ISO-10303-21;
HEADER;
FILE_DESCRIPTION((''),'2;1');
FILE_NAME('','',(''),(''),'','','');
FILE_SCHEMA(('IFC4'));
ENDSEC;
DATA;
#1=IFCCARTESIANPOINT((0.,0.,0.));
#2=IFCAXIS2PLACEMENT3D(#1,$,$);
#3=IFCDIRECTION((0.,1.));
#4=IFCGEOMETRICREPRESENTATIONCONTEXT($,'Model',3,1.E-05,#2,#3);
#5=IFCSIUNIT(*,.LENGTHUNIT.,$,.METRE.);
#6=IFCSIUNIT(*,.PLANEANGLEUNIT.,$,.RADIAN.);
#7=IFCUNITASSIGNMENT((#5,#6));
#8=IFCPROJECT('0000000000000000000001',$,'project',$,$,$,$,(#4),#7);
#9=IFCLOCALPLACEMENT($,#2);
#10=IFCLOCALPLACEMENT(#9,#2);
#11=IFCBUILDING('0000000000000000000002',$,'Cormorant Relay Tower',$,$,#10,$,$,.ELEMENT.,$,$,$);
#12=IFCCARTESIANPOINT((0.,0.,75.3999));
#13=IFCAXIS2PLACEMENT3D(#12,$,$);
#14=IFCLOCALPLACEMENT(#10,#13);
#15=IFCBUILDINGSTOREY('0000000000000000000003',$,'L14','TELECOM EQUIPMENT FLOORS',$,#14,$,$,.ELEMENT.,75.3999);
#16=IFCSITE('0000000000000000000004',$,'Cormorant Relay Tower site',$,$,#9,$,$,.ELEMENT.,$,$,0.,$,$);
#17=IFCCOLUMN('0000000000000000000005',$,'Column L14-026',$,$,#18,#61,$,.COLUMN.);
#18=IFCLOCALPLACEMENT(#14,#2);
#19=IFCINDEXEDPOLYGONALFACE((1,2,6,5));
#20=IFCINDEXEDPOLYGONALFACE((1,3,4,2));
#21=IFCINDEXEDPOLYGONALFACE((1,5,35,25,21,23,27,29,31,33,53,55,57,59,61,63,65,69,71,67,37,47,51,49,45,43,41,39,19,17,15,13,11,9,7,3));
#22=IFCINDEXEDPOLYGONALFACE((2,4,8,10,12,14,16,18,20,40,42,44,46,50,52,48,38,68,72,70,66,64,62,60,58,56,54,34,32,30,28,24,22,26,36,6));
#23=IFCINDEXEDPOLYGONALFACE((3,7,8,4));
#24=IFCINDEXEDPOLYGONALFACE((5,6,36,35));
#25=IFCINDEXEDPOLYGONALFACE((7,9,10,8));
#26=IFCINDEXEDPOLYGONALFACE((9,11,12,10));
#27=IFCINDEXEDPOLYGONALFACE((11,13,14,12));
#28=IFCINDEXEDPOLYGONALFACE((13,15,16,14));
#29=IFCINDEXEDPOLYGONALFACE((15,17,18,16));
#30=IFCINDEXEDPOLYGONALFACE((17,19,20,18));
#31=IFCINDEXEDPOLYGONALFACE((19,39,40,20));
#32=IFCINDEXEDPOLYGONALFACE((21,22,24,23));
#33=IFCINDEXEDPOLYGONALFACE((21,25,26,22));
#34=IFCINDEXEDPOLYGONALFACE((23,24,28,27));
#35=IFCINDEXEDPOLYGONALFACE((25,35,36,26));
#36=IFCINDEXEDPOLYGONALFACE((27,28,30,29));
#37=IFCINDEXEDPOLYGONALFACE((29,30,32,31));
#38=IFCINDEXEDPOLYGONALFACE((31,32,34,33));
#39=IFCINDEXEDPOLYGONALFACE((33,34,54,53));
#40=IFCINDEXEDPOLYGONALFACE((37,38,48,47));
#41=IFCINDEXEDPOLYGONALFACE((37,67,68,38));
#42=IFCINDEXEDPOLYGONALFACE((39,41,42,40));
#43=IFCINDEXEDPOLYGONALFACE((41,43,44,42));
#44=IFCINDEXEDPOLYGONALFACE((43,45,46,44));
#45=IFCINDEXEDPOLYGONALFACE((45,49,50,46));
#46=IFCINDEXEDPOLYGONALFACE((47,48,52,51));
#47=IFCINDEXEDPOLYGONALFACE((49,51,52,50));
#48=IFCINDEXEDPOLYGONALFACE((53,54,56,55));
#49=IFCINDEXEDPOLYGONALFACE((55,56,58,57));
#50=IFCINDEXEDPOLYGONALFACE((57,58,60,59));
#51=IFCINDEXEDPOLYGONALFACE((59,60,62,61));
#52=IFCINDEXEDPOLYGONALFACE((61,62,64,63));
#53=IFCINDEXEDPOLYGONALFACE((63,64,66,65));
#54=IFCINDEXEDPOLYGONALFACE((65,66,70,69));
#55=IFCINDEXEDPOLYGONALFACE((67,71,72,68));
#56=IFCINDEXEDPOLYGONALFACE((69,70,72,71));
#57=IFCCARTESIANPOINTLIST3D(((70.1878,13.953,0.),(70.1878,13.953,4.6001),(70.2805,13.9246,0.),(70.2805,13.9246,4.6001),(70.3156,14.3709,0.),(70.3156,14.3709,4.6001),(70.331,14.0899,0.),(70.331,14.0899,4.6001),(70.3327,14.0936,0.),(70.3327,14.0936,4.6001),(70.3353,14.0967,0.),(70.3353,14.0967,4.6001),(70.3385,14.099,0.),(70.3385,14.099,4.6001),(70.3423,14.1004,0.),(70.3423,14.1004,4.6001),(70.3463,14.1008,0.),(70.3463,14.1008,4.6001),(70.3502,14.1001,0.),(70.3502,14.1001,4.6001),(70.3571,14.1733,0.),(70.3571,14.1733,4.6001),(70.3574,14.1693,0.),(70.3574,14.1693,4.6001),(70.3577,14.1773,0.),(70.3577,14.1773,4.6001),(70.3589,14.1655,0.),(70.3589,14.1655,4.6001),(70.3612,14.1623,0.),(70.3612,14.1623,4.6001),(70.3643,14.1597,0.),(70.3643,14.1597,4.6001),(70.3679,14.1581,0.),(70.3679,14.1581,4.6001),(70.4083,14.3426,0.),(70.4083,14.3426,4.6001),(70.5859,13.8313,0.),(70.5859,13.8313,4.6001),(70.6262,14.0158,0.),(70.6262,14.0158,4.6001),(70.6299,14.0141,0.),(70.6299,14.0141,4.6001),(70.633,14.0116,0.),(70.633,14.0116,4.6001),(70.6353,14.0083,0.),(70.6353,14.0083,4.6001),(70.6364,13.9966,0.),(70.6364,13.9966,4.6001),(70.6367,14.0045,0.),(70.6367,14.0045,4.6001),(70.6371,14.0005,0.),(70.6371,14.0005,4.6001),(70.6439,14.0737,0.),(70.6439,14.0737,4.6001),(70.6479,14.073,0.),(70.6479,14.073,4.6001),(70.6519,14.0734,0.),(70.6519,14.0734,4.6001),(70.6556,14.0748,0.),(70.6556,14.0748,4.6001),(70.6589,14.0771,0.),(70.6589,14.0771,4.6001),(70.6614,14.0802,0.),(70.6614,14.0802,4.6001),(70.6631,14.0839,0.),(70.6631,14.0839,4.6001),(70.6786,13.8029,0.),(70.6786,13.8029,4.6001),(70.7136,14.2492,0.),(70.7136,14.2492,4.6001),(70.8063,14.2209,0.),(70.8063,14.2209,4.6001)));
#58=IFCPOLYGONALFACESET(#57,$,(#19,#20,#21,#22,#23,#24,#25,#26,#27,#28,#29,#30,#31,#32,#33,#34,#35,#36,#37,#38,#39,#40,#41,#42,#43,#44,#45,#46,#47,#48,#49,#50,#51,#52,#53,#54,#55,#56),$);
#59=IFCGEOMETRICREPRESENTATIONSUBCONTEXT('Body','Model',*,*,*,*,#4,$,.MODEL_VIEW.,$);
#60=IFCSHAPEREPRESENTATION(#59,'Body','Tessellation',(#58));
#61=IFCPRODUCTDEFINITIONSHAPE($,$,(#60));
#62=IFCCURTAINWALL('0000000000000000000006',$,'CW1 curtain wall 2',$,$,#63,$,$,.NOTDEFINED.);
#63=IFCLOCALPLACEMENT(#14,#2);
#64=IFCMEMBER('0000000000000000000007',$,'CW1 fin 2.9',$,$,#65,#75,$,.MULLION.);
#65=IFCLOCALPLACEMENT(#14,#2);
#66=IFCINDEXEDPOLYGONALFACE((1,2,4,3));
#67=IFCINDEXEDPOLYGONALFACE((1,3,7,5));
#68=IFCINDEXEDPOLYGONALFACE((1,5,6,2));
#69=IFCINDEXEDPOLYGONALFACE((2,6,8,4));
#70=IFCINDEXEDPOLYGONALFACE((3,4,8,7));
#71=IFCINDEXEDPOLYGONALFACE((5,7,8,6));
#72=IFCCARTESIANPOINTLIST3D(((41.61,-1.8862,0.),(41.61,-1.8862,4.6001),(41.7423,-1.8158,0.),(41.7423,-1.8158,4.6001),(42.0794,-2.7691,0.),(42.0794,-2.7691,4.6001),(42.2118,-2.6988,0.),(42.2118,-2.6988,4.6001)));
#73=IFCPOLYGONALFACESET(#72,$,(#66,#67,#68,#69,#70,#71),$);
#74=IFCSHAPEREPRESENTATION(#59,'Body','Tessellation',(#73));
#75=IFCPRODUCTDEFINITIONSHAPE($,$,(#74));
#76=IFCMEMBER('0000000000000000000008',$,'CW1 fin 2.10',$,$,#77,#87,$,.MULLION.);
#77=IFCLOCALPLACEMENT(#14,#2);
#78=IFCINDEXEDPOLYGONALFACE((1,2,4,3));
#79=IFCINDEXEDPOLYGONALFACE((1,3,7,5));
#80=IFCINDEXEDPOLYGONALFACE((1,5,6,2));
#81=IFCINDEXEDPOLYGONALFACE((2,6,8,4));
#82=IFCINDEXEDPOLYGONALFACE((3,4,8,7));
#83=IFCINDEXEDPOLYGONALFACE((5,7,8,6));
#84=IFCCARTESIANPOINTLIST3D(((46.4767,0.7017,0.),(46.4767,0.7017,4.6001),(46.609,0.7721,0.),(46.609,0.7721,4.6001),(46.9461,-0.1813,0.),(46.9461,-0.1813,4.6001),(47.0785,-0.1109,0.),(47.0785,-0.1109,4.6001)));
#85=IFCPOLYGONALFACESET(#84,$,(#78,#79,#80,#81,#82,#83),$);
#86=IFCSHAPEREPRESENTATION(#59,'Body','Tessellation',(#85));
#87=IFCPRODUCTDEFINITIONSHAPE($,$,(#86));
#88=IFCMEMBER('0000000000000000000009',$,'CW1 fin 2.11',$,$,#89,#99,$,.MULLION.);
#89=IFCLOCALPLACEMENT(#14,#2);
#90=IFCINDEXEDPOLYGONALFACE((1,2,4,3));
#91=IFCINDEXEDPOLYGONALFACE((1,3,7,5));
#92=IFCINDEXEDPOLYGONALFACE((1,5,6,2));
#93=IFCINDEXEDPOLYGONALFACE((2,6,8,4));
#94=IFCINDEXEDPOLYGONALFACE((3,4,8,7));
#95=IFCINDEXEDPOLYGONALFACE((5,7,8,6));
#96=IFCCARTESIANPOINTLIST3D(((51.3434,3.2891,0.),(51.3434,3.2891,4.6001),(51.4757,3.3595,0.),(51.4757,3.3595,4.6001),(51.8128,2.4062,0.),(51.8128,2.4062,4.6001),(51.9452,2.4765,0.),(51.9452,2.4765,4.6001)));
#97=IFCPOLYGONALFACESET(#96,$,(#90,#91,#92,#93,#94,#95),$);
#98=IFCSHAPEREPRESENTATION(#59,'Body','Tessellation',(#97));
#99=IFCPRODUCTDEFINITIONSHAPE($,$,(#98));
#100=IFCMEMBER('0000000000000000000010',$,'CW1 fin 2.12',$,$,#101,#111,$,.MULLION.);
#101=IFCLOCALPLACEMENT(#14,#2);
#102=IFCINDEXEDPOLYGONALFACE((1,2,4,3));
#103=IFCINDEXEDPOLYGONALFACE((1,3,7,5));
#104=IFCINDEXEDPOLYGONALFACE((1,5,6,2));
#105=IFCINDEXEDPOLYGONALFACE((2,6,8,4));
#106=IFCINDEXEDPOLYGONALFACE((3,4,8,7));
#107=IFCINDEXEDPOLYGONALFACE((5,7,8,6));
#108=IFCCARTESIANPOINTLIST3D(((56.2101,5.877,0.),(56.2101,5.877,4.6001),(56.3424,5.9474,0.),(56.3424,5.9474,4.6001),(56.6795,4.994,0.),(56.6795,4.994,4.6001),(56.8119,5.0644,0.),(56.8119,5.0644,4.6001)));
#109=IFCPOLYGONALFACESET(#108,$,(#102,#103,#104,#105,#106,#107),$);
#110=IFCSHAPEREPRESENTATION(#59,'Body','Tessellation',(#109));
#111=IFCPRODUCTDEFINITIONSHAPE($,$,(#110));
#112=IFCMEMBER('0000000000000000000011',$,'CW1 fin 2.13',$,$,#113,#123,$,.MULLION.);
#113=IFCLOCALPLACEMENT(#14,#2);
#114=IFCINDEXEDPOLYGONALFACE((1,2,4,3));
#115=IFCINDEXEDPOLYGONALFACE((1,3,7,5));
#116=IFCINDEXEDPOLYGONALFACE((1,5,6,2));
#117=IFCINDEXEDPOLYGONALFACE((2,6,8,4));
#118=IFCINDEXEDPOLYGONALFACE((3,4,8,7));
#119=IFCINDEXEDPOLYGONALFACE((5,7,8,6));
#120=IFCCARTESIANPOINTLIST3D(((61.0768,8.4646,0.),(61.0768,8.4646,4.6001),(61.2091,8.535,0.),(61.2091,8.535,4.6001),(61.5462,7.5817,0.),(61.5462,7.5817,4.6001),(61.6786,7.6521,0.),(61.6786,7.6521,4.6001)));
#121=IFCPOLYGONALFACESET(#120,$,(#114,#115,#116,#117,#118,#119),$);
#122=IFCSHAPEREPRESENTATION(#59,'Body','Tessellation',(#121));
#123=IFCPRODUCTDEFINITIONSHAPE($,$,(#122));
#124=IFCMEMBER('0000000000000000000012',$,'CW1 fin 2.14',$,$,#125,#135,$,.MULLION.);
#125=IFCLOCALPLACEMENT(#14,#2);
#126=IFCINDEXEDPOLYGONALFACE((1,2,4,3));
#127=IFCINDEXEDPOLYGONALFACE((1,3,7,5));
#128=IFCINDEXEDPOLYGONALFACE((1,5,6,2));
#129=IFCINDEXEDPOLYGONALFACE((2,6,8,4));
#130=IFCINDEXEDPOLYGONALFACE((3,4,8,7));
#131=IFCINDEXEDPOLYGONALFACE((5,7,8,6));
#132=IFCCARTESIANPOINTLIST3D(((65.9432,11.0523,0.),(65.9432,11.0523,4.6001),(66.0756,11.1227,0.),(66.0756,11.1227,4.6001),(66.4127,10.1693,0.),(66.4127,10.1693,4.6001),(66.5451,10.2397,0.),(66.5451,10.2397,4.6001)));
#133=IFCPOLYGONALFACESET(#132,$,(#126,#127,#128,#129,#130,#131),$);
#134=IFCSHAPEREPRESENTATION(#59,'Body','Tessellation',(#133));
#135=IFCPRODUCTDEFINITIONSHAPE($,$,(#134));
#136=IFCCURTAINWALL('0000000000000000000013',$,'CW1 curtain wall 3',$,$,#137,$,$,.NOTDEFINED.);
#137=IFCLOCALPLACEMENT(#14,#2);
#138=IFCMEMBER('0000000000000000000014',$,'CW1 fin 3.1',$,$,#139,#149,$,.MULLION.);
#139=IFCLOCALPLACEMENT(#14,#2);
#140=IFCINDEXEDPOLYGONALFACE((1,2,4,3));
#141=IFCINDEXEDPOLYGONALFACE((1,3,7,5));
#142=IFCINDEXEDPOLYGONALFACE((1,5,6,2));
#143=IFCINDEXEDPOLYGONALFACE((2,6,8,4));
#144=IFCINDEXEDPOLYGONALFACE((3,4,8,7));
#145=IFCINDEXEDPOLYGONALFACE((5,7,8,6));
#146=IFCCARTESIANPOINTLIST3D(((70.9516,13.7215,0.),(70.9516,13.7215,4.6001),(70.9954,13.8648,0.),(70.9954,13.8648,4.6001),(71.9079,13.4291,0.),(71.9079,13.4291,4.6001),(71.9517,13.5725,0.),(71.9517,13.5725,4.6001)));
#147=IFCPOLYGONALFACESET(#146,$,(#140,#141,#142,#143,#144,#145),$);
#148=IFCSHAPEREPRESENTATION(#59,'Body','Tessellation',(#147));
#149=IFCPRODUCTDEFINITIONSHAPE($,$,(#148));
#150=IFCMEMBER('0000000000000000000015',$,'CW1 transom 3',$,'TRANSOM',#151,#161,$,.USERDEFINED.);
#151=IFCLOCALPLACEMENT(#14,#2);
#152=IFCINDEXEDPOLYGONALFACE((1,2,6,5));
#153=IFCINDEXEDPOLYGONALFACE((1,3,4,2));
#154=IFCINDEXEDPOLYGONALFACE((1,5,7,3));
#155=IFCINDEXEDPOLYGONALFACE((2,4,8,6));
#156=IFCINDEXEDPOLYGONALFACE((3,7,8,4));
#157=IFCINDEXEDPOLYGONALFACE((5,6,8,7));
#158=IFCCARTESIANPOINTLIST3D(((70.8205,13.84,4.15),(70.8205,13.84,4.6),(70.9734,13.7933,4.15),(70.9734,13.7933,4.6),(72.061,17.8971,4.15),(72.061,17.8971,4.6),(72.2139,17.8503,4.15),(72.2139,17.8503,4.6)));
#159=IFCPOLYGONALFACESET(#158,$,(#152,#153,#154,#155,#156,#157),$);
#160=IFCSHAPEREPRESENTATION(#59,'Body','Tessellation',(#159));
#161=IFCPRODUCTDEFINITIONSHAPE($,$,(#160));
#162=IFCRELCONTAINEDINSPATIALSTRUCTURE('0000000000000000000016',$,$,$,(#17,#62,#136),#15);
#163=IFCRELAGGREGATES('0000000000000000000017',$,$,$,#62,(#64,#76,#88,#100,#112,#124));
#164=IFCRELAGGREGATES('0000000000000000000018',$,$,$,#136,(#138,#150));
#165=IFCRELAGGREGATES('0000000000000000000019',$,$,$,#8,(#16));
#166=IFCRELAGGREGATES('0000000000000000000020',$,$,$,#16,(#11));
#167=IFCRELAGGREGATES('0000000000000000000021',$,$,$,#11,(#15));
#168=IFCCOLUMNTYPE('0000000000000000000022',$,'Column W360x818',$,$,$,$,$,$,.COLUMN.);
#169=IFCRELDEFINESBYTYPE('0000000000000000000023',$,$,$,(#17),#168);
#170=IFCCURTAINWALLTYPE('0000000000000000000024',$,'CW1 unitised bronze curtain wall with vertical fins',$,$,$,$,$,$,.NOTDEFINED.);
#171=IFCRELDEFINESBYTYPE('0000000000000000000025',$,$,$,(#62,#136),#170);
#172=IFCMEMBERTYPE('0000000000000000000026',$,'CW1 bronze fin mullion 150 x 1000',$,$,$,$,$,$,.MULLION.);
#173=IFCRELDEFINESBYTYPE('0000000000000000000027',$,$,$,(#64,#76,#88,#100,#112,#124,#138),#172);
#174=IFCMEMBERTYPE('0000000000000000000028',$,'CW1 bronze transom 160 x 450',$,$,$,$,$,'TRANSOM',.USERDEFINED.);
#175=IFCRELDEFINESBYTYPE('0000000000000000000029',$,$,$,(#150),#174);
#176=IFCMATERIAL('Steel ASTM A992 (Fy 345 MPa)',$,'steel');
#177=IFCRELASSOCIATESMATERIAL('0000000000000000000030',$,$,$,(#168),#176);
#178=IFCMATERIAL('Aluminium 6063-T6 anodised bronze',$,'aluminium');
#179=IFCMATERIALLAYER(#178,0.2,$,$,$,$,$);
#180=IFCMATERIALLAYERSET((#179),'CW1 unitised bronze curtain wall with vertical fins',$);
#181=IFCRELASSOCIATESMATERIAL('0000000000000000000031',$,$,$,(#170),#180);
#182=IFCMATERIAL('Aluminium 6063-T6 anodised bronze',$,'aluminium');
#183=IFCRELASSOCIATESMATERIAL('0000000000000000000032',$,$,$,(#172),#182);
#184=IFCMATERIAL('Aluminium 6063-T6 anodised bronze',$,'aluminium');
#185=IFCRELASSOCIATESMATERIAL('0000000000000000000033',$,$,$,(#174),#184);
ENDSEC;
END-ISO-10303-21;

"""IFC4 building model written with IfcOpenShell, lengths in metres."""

from ifc_helpers import new_model, si_unit, direction, frame, origin, origin_2d, place, context, subcontext, project, spatial, rectangle, i_section, extrude, material, layer, layer_set, material_profile, profile_set, type_object, element, aggregate, save


model = new_model("IFC4")

# Units and contexts
model_context = context("Model", 3, precision=1e-05, world=origin(), true_north=direction((0.0, 1.0)))
body_context = subcontext(model_context, "Body", "Model", "MODEL_VIEW")
ifc_project = project(units=[si_unit("LENGTHUNIT", "METRE"), si_unit("PLANEANGLEUNIT", "RADIAN")], contexts=[model_context])

# Site, building, storey
site_placement = place(None, origin())
site = spatial("IfcSite", under=ifc_project, at=site_placement, Name="Cormorant Relay Tower site", CompositionType="ELEMENT", RefElevation=0.0)
building_placement = place(site_placement, origin())
building = spatial("IfcBuilding", under=site, at=building_placement, Name="Cormorant Relay Tower", CompositionType="ELEMENT")
storey_placement = place(building_placement, frame((0.0, 0.0, 75.3999)))
storey = spatial("IfcBuildingStorey", under=building, at=storey_placement, Name="L14", Description="TELECOM EQUIPMENT FLOORS", CompositionType="ELEMENT", Elevation=75.3999)

# Column
ifc_material_1 = material(Name="Steel ASTM A992 (Fy 345 MPa)", Category="steel")
ifc_material_profile_1 = material_profile(ifc_material_1, i_section(OverallWidth=0.437, OverallDepth=0.5132, WebThickness=0.0605, FlangeThickness=0.0969, FilletRadius=0.0154, at=origin_2d()), Name="W360x818")
ifc_profile_set_1 = profile_set([ifc_material_profile_1], Name="Steel ASTM A992 (Fy 345 MPa)")
column_type_1 = type_object("IfcColumnType", Name="Column W360x818", PredefinedType="COLUMN", material=ifc_profile_set_1)
for number, where, z_axis, x_axis, name in (
    (1, (70.4971, 14.0869, 0.0), (0.0, 0.0, 1.0), (0.292372, 0.956305, 0.0), "Column L14-026"),
):
    element("IfcColumn", number, at=place(storey_placement, frame(where, z_axis=z_axis, x_axis=x_axis)), inside=storey, type_object=column_type_1, Name=name, PredefinedType="COLUMN", context=body_context, shape_type="SweptSolid", body=[
        extrude(i_section(OverallWidth=0.437, OverallDepth=0.5132, WebThickness=0.0605, FlangeThickness=0.0969, FilletRadius=0.0154, at=origin_2d()), origin(), (0.0, 0.0, 1.0), 4.6001),
    ])

# Curtain walls, members
ifc_material_2 = material(Name="Aluminium 6063-T6 anodised bronze", Category="aluminium")
ifc_layer_1 = layer(ifc_material_2, 0.2)
ifc_layer_set_1 = layer_set([ifc_layer_1], Name="CW1 unitised bronze curtain wall with vertical fins")
curtain_wall_type = type_object("IfcCurtainWallType", Name="CW1 unitised bronze curtain wall with vertical fins", PredefinedType="NOTDEFINED", material=ifc_layer_set_1)
curtain_wall_1_placement = place(storey_placement, origin())
curtain_wall_1 = element("IfcCurtainWall", 2, at=curtain_wall_1_placement, inside=storey, type_object=curtain_wall_type, Name="CW1 curtain wall 2", PredefinedType="NOTDEFINED")
ifc_material_3 = material(Name="Aluminium 6063-T6 anodised bronze", Category="aluminium")
ifc_material_profile_2 = material_profile(ifc_material_3, rectangle(XDim=0.1499, YDim=1.0, at=origin_2d()), Name="AL 150x1000")
ifc_profile_set_2 = profile_set([ifc_material_profile_2], Name="Aluminium 6063-T6 anodised bronze")
member_type_1 = type_object("IfcMemberType", Name="CW1 bronze fin mullion 150 x 1000", PredefinedType="MULLION", material=ifc_profile_set_2)
member_1_placement = place(storey_placement, frame((41.9109, -2.2925, 0.0), z_axis=(0.0, 0.0, 1.0), x_axis=(0.882948, 0.469472, 0.0)))
member_1 = element("IfcMember", 3, at=member_1_placement, type_object=member_type_1, Name="CW1 fin 2.9", PredefinedType="MULLION", context=body_context, shape_type="SweptSolid", body=[
    extrude(rectangle(XDim=0.1499, YDim=1.0, at=origin_2d()), origin(), (0.0, 0.0, 1.0), 4.6001),
])
member_2_placement = place(storey_placement, frame((46.7776, 0.2954, 0.0), z_axis=(0.0, 0.0, 1.0), x_axis=(0.882948, 0.469472, 0.0)))
member_2 = element("IfcMember", 4, at=member_2_placement, type_object=member_type_1, Name="CW1 fin 2.10", PredefinedType="MULLION", context=body_context, shape_type="SweptSolid", body=[
    extrude(rectangle(XDim=0.1499, YDim=1.0, at=origin_2d()), origin(), (0.0, 0.0, 1.0), 4.6001),
])
member_3_placement = place(storey_placement, frame((51.6443, 2.8828, 0.0), z_axis=(0.0, 0.0, 1.0), x_axis=(0.882948, 0.469472, 0.0)))
member_3 = element("IfcMember", 5, at=member_3_placement, type_object=member_type_1, Name="CW1 fin 2.11", PredefinedType="MULLION", context=body_context, shape_type="SweptSolid", body=[
    extrude(rectangle(XDim=0.1499, YDim=1.0, at=origin_2d()), origin(), (0.0, 0.0, 1.0), 4.6001),
])
member_4_placement = place(storey_placement, frame((56.511, 5.4707, 0.0), z_axis=(0.0, 0.0, 1.0), x_axis=(0.882948, 0.469472, 0.0)))
member_4 = element("IfcMember", 6, at=member_4_placement, type_object=member_type_1, Name="CW1 fin 2.12", PredefinedType="MULLION", context=body_context, shape_type="SweptSolid", body=[
    extrude(rectangle(XDim=0.1499, YDim=1.0, at=origin_2d()), origin(), (0.0, 0.0, 1.0), 4.6001),
])
member_5_placement = place(storey_placement, frame((61.3777, 8.0583, 0.0), z_axis=(0.0, 0.0, 1.0), x_axis=(0.882948, 0.469472, 0.0)))
member_5 = element("IfcMember", 7, at=member_5_placement, type_object=member_type_1, Name="CW1 fin 2.13", PredefinedType="MULLION", context=body_context, shape_type="SweptSolid", body=[
    extrude(rectangle(XDim=0.1499, YDim=1.0, at=origin_2d()), origin(), (0.0, 0.0, 1.0), 4.6001),
])
member_6_placement = place(storey_placement, frame((66.2441, 10.646, 0.0), z_axis=(0.0, 0.0, 1.0), x_axis=(0.882948, 0.469472, 0.0)))
member_6 = element("IfcMember", 8, at=member_6_placement, type_object=member_type_1, Name="CW1 fin 2.14", PredefinedType="MULLION", context=body_context, shape_type="SweptSolid", body=[
    extrude(rectangle(XDim=0.1499, YDim=1.0, at=origin_2d()), origin(), (0.0, 0.0, 1.0), 4.6001),
])
curtain_wall_2_placement = place(storey_placement, origin())
curtain_wall_2 = element("IfcCurtainWall", 9, at=curtain_wall_2_placement, inside=storey, type_object=curtain_wall_type, Name="CW1 curtain wall 3", PredefinedType="NOTDEFINED")
member_7_placement = place(storey_placement, frame((71.4517, 13.647, 0.0), z_axis=(0.0, 0.0, 1.0), x_axis=(0.292372, 0.956305, 0.0)))
member_7 = element("IfcMember", 10, at=member_7_placement, type_object=member_type_1, Name="CW1 fin 3.1", PredefinedType="MULLION", context=body_context, shape_type="SweptSolid", body=[
    extrude(rectangle(XDim=0.1499, YDim=1.0, at=origin_2d()), origin(), (0.0, 0.0, 1.0), 4.6001),
])
ifc_material_4 = material(Name="Aluminium 6063-T6 anodised bronze", Category="aluminium")
ifc_material_profile_3 = material_profile(ifc_material_4, rectangle(XDim=0.1599, YDim=0.45, at=origin_2d()), Name="AL 160x450")
ifc_profile_set_3 = profile_set([ifc_material_profile_3], Name="Aluminium 6063-T6 anodised bronze")
member_type_2 = type_object("IfcMemberType", Name="CW1 bronze transom 160 x 450", ElementType="TRANSOM", PredefinedType="USERDEFINED", material=ifc_profile_set_3)
member_8_placement = place(storey_placement, frame((70.897, 13.8167, 4.375), z_axis=(0.292391, 0.956299, 0.0), x_axis=(-0.956299, 0.292391, 0.0)))
member_8 = element("IfcMember", 11, at=member_8_placement, type_object=member_type_2, Name="CW1 transom 3", ObjectType="TRANSOM", PredefinedType="USERDEFINED", context=body_context, shape_type="SweptSolid", body=[
    extrude(rectangle(XDim=0.1599, YDim=0.45, at=origin_2d()), origin(), (0.0, 0.0, 1.0), 4.2424),
])

aggregate(curtain_wall_1, [member_1, member_2, member_3, member_4, member_5, member_6])
aggregate(curtain_wall_2, [member_7, member_8])

save(model, "model.ifc")
